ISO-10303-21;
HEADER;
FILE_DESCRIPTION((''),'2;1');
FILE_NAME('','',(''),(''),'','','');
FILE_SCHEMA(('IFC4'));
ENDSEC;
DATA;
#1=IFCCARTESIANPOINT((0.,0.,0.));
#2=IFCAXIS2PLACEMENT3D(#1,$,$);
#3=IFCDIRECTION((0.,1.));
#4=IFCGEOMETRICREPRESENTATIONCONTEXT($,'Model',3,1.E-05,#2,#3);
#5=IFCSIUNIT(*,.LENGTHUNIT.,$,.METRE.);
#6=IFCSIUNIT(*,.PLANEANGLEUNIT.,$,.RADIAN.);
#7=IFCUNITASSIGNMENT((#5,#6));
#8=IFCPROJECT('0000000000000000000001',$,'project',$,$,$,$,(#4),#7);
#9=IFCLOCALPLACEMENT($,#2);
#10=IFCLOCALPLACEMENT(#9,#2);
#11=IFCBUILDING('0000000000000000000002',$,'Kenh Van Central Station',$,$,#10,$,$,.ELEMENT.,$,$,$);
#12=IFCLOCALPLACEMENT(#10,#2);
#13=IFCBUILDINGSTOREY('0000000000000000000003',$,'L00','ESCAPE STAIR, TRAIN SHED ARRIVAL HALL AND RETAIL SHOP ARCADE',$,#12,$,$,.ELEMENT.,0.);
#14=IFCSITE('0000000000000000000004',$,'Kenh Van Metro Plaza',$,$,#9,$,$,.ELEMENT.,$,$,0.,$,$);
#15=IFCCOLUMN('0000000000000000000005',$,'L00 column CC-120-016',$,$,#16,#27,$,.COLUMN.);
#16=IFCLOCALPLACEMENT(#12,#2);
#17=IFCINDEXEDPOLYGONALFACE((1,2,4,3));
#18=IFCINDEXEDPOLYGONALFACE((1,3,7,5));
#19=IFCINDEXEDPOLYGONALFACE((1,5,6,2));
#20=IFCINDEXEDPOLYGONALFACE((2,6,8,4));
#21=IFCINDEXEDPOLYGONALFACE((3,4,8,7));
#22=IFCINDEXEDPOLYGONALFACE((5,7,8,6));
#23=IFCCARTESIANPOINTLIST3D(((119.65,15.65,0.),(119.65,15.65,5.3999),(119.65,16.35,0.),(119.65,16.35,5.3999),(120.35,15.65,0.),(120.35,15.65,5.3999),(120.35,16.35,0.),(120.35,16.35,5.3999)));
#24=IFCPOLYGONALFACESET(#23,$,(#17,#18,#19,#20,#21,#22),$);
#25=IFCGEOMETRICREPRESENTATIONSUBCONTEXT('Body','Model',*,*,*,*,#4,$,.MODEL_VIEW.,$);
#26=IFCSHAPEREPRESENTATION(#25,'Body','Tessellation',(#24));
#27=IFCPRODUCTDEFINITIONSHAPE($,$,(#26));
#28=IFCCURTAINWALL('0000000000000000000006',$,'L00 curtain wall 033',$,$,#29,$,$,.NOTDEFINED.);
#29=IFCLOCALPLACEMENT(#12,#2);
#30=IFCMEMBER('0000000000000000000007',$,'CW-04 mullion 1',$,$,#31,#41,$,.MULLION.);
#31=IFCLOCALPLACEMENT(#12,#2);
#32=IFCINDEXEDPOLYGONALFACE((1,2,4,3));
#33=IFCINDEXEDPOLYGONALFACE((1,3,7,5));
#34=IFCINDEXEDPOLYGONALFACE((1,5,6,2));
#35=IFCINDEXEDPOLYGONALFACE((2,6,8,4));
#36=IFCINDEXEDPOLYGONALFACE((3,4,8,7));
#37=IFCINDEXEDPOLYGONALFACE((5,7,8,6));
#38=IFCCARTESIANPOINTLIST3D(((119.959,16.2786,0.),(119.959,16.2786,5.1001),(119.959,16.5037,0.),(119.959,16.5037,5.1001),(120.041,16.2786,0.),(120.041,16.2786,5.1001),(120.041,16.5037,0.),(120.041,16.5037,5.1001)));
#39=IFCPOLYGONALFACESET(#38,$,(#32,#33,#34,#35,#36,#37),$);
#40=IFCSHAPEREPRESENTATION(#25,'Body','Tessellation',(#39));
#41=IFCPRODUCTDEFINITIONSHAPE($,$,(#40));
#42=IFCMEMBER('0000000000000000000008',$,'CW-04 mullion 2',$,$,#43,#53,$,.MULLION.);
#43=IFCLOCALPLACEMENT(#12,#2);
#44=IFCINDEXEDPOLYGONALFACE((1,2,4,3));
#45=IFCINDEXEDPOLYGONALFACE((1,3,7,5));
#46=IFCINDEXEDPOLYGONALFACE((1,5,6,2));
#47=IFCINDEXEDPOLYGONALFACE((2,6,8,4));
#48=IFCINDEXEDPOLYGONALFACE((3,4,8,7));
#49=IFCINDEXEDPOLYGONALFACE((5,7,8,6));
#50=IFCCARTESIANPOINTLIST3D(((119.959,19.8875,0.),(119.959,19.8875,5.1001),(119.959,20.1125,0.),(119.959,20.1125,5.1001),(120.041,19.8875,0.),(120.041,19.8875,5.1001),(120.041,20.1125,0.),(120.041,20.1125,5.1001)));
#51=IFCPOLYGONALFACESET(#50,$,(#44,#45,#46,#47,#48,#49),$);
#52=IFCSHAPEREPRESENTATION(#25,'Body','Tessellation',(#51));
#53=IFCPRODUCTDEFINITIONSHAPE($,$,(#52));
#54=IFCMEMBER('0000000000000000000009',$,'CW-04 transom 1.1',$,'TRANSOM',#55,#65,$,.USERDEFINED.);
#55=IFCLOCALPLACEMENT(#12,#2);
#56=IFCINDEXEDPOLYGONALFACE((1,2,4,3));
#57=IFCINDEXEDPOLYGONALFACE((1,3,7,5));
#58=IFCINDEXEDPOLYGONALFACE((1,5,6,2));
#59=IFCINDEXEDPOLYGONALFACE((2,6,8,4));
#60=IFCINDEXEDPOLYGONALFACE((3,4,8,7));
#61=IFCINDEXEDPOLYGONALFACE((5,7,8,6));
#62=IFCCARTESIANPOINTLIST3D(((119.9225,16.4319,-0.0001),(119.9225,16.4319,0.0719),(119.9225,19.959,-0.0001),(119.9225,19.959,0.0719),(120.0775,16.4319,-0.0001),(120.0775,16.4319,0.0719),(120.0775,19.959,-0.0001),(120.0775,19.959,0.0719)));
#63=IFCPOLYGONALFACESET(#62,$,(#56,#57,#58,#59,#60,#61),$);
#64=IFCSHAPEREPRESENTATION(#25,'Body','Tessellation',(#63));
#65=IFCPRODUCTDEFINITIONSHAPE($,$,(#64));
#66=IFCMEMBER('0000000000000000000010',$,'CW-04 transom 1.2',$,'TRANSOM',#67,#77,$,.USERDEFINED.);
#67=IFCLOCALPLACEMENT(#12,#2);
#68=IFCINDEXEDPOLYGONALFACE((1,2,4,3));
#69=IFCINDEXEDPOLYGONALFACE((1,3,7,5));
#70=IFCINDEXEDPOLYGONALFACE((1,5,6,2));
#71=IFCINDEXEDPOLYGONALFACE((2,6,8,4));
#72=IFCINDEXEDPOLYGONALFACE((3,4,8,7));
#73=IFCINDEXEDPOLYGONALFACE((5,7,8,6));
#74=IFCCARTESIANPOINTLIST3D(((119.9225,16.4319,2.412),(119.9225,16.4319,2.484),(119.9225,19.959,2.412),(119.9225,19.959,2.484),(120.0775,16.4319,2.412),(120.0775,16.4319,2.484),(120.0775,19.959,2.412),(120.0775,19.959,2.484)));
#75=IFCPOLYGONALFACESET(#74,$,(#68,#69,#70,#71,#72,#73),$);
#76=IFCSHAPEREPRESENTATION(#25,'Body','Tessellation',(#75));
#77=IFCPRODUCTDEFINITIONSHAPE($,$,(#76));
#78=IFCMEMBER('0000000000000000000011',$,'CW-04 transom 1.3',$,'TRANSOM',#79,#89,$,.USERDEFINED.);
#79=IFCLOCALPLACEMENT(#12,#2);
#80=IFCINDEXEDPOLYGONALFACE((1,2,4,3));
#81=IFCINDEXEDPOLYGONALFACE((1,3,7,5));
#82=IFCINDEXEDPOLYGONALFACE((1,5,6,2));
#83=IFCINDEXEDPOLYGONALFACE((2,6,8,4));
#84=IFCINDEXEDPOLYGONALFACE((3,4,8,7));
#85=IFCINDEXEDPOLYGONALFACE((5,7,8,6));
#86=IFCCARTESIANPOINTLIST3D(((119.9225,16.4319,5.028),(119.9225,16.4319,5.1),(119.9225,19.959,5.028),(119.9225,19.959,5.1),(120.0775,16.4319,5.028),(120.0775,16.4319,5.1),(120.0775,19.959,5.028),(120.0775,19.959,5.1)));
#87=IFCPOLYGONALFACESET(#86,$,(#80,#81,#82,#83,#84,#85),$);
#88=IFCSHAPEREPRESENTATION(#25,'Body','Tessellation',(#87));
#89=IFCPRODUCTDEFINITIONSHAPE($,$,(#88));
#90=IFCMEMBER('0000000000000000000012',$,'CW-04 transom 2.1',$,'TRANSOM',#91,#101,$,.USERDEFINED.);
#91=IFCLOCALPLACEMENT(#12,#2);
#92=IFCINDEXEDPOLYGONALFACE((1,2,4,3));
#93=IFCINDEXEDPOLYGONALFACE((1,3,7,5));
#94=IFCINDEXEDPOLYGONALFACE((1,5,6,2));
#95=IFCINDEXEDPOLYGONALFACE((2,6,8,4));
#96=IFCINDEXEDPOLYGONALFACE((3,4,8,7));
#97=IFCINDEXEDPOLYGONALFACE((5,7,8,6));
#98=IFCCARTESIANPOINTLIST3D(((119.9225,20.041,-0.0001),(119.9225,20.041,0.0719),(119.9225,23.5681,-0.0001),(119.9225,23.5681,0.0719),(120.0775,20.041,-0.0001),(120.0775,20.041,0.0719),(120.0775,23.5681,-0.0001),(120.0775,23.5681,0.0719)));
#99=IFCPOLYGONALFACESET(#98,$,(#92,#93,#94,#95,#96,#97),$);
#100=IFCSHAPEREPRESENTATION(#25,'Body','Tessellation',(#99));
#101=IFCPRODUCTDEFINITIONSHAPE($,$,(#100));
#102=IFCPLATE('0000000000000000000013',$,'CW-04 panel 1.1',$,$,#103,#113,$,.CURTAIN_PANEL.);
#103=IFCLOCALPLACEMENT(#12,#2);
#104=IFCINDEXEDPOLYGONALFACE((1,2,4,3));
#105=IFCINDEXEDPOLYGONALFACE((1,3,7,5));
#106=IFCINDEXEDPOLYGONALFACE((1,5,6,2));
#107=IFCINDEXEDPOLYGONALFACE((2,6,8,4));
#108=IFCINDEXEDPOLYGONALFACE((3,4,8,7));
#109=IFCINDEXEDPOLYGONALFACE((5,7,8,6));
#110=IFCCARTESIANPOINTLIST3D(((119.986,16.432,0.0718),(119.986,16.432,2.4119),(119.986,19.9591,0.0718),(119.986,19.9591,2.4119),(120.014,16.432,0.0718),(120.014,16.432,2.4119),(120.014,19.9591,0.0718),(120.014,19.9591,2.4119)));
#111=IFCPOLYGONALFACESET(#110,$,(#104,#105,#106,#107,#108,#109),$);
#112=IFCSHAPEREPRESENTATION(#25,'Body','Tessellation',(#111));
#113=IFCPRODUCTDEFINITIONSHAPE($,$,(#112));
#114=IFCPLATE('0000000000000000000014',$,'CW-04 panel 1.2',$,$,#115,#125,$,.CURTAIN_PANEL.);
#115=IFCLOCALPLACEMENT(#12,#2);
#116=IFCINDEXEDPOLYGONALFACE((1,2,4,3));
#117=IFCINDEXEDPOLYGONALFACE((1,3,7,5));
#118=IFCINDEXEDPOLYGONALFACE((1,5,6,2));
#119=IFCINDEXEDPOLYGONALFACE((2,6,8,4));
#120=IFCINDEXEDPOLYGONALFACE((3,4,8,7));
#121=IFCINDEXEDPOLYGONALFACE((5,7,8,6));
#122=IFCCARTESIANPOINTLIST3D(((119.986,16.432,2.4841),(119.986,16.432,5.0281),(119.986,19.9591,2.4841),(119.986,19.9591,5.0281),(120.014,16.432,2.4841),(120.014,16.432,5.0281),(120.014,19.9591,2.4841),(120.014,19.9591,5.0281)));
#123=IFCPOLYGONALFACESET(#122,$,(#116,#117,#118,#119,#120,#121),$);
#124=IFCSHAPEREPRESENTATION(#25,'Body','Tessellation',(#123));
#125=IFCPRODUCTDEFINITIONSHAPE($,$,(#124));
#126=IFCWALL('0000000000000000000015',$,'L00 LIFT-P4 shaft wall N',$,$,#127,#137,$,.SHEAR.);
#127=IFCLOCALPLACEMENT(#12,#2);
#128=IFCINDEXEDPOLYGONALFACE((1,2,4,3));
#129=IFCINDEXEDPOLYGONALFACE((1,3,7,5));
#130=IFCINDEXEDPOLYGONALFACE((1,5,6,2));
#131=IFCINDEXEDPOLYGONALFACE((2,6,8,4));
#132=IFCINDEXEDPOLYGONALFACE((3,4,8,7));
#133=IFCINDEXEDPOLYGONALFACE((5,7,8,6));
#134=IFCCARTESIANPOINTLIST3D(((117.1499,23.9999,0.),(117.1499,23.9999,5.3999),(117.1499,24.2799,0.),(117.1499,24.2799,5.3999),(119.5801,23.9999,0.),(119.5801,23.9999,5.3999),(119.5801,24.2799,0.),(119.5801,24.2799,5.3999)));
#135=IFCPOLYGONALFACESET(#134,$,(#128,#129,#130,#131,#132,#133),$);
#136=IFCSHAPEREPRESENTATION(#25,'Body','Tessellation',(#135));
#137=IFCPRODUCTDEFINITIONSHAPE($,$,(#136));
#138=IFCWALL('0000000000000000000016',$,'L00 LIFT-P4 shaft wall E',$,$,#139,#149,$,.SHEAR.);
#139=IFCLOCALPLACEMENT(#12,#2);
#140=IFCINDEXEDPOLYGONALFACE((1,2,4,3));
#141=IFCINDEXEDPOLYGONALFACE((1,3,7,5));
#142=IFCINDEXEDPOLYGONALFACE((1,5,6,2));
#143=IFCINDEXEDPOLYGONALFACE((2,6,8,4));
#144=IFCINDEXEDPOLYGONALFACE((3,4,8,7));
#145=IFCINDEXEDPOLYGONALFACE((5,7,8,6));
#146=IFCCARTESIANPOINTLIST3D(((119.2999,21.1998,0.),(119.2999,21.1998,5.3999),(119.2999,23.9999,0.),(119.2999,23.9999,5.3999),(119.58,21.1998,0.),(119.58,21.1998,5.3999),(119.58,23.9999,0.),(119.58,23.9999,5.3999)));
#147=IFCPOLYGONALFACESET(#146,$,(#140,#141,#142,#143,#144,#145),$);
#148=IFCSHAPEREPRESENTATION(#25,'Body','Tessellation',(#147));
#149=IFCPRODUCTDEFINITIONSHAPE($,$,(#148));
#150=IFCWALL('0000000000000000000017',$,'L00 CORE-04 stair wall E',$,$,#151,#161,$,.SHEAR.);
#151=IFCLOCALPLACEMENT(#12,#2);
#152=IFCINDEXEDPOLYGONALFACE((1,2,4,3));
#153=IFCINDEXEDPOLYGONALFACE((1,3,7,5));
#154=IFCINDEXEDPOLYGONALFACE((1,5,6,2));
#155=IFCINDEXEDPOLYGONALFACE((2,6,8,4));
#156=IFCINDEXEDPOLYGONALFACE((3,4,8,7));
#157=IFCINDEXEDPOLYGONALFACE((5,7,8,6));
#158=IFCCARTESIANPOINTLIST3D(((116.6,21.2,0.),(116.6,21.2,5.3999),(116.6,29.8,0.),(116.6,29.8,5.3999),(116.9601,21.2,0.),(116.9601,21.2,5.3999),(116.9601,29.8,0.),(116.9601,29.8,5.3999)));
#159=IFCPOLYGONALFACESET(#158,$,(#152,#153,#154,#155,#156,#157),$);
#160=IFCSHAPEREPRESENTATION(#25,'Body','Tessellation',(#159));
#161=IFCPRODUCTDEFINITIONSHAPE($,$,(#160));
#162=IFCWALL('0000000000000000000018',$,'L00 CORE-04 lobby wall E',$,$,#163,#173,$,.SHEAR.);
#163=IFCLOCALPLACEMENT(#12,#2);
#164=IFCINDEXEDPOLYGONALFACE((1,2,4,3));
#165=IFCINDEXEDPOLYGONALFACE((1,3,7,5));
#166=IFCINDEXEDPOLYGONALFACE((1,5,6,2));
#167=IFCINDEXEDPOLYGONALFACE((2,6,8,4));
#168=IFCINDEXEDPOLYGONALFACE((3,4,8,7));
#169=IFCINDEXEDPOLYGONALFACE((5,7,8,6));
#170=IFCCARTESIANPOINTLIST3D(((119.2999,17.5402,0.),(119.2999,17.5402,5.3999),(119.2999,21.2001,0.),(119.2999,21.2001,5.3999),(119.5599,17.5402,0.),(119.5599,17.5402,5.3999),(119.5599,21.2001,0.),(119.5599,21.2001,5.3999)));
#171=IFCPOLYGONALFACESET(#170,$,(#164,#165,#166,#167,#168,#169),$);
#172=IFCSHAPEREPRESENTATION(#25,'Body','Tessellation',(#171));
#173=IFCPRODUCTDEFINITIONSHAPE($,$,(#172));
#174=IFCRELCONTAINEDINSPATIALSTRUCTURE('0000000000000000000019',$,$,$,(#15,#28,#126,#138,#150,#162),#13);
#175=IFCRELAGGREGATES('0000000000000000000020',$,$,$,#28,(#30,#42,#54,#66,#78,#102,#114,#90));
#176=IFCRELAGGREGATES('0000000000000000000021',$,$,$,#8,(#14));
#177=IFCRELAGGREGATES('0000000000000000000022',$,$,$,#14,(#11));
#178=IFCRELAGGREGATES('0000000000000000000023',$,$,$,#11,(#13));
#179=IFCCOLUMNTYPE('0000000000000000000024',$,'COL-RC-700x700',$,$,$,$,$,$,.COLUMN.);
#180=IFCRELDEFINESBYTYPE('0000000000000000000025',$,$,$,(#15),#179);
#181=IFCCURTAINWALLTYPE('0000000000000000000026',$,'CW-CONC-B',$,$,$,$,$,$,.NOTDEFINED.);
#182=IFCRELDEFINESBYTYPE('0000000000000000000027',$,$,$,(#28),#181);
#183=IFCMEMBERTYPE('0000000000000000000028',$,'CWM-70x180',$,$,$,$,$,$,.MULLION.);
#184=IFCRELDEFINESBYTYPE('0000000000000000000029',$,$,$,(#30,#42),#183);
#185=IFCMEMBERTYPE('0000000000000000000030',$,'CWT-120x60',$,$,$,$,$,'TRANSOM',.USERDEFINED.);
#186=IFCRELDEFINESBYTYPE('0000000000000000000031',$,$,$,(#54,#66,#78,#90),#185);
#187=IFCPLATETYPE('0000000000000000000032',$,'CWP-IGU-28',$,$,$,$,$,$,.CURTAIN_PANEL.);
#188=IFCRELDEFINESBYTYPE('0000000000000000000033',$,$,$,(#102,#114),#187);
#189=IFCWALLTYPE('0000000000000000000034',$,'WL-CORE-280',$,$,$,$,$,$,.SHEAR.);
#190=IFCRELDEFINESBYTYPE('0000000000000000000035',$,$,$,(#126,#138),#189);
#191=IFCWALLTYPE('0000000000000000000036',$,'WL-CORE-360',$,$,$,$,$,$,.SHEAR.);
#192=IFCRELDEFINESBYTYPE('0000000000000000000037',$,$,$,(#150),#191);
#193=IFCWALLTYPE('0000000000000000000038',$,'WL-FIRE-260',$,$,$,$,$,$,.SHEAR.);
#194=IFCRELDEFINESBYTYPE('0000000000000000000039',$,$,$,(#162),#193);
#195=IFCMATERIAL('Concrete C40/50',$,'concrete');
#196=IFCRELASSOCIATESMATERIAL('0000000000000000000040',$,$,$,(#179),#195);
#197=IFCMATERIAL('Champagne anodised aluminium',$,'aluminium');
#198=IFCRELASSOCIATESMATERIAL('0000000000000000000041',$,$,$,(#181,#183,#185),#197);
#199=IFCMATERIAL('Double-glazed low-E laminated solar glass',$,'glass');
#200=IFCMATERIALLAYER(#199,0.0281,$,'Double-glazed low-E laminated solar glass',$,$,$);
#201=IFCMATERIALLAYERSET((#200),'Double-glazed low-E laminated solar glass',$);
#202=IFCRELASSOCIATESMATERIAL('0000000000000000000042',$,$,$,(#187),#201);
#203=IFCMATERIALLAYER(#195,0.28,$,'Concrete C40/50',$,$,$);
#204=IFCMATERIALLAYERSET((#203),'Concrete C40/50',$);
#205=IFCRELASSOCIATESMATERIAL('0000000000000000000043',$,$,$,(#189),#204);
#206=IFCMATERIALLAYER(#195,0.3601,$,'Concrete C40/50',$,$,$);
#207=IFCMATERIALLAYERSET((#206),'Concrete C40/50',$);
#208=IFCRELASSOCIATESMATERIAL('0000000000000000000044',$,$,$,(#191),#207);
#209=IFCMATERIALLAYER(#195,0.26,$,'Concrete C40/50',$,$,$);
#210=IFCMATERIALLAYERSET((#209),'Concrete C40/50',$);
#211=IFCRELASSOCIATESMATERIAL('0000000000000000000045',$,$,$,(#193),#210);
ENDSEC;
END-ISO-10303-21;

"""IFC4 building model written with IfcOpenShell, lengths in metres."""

from ifc_helpers import new_model, si_unit, direction, frame, frame_2d, origin, origin_2d, place, context, subcontext, project, spatial, rectangle, extrude, material, layer, layer_set, material_profile, profile_set, type_object, element, aggregate, save


model = new_model("IFC4")

# Units and contexts
model_context = context("Model", 3, precision=1e-05, world=origin(), true_north=direction((0.0, 1.0)))
body_context = subcontext(model_context, "Body", "Model", "MODEL_VIEW")
ifc_project = project(units=[si_unit("LENGTHUNIT", "METRE"), si_unit("PLANEANGLEUNIT", "RADIAN")], contexts=[model_context])

# Site, building, storey
site_placement = place(None, origin())
site = spatial("IfcSite", under=ifc_project, at=site_placement, Name="Kenh Van Metro Plaza", CompositionType="ELEMENT", RefElevation=0.0)
building_placement = place(site_placement, origin())
building = spatial("IfcBuilding", under=site, at=building_placement, Name="Kenh Van Central Station", CompositionType="ELEMENT")
storey_placement = place(building_placement, origin())
storey = spatial("IfcBuildingStorey", under=building, at=storey_placement, Name="L00", Description="ESCAPE STAIR, TRAIN SHED ARRIVAL HALL AND RETAIL SHOP ARCADE", CompositionType="ELEMENT", Elevation=0.0)

# Column
ifc_material_1 = material(Name="Concrete C40/50", Category="concrete")
ifc_material_profile_1 = material_profile(ifc_material_1, rectangle(XDim=0.7, YDim=0.7, at=origin_2d()), Name="RC 700x700")
ifc_profile_set_1 = profile_set([ifc_material_profile_1], Name="Concrete C40/50")
column_type = type_object("IfcColumnType", Name="COL-RC-700x700", PredefinedType="COLUMN", material=ifc_profile_set_1)
column_placement = place(storey_placement, frame((120.0, 16.0, 0.0), z_axis=(0.0, 0.0, 1.0), x_axis=(1.0, 0.0, 0.0)))
element("IfcColumn", 1, at=column_placement, inside=storey, type_object=column_type, Name="L00 column CC-120-016", PredefinedType="COLUMN", context=body_context, shape_type="SweptSolid", body=[
    extrude(rectangle(XDim=0.7, YDim=0.7, at=origin_2d()), origin(), (0.0, 0.0, 1.0), 5.3999),
])

# Curtain wall, members, plates
ifc_material_2 = material(Name="Champagne anodised aluminium", Category="aluminium")
curtain_wall_type = type_object("IfcCurtainWallType", Name="CW-CONC-B", PredefinedType="NOTDEFINED", material=ifc_material_2)
curtain_wall_placement = place(storey_placement, origin())
curtain_wall = element("IfcCurtainWall", 2, at=curtain_wall_placement, inside=storey, type_object=curtain_wall_type, Name="L00 curtain wall 033", PredefinedType="NOTDEFINED")
ifc_material_profile_2 = material_profile(ifc_material_2, rectangle(XDim=0.082, YDim=0.2251, at=origin_2d()), Name="AL 82x225")
ifc_profile_set_2 = profile_set([ifc_material_profile_2], Name="Champagne anodised aluminium")
member_type_1 = type_object("IfcMemberType", Name="CWM-70x180", PredefinedType="MULLION", material=ifc_profile_set_2)
member_1_placement = place(storey_placement, frame((120.0, 16.3911, 0.0), z_axis=(0.0, 0.0, 1.0), x_axis=(-1.0, 0.0, 0.0)))
member_1 = element("IfcMember", 3, at=member_1_placement, type_object=member_type_1, Name="CW-04 mullion 1", PredefinedType="MULLION", context=body_context, shape_type="SweptSolid", body=[
    extrude(rectangle(XDim=0.082, YDim=0.2251, at=origin_2d()), origin(), (0.0, 0.0, 1.0), 5.1001),
])
member_2_placement = place(storey_placement, frame((120.0, 20.0, 0.0), z_axis=(0.0, 0.0, 1.0), x_axis=(-1.0, 0.0, 0.0)))
member_2 = element("IfcMember", 4, at=member_2_placement, type_object=member_type_1, Name="CW-04 mullion 2", PredefinedType="MULLION", context=body_context, shape_type="SweptSolid", body=[
    extrude(rectangle(XDim=0.082, YDim=0.2251, at=origin_2d()), origin(), (0.0, 0.0, 1.0), 5.1001),
])
ifc_material_profile_3 = material_profile(ifc_material_2, rectangle(XDim=0.155, YDim=0.072, at=origin_2d()), Name="AL 155x72")
ifc_profile_set_3 = profile_set([ifc_material_profile_3], Name="Champagne anodised aluminium")
member_type_2 = type_object("IfcMemberType", Name="CWT-120x60", ElementType="TRANSOM", PredefinedType="USERDEFINED", material=ifc_profile_set_3)
member_3_placement = place(storey_placement, frame((120.0, 16.4319, 0.0359), z_axis=(0.0, 1.0, 0.0), x_axis=(-1.0, 0.0, 0.0)))
member_3 = element("IfcMember", 5, at=member_3_placement, type_object=member_type_2, Name="CW-04 transom 1.1", ObjectType="TRANSOM", PredefinedType="USERDEFINED", context=body_context, shape_type="SweptSolid", body=[
    extrude(rectangle(XDim=0.155, YDim=0.072, at=origin_2d()), origin(), (0.0, 0.0, 1.0), 3.5271),
])
member_4_placement = place(storey_placement, frame((120.0, 16.4319, 2.448), z_axis=(0.0, 1.0, 0.0), x_axis=(-1.0, 0.0, 0.0)))
member_4 = element("IfcMember", 6, at=member_4_placement, type_object=member_type_2, Name="CW-04 transom 1.2", ObjectType="TRANSOM", PredefinedType="USERDEFINED", context=body_context, shape_type="SweptSolid", body=[
    extrude(rectangle(XDim=0.155, YDim=0.072, at=origin_2d()), origin(), (0.0, 0.0, 1.0), 3.5271),
])
member_5_placement = place(storey_placement, frame((120.0, 16.4319, 5.064), z_axis=(0.0, 1.0, 0.0), x_axis=(-1.0, 0.0, 0.0)))
member_5 = element("IfcMember", 7, at=member_5_placement, type_object=member_type_2, Name="CW-04 transom 1.3", ObjectType="TRANSOM", PredefinedType="USERDEFINED", context=body_context, shape_type="SweptSolid", body=[
    extrude(rectangle(XDim=0.155, YDim=0.072, at=origin_2d()), origin(), (0.0, 0.0, 1.0), 3.5271),
])
member_6_placement = place(storey_placement, frame((120.0, 20.041, 0.0359), z_axis=(0.0, 1.0, 0.0), x_axis=(-1.0, 0.0, 0.0)))
member_6 = element("IfcMember", 8, at=member_6_placement, type_object=member_type_2, Name="CW-04 transom 2.1", ObjectType="TRANSOM", PredefinedType="USERDEFINED", context=body_context, shape_type="SweptSolid", body=[
    extrude(rectangle(XDim=0.155, YDim=0.072, at=origin_2d()), origin(), (0.0, 0.0, 1.0), 3.5271),
])
ifc_material_3 = material(Name="Double-glazed low-E laminated solar glass", Category="glass")
ifc_layer_1 = layer(ifc_material_3, 0.0281, Name="Double-glazed low-E laminated solar glass")
ifc_layer_set_1 = layer_set([ifc_layer_1], Name="Double-glazed low-E laminated solar glass")
plate_type = type_object("IfcPlateType", Name="CWP-IGU-28", PredefinedType="CURTAIN_PANEL", material=ifc_layer_set_1)
plate_1_placement = place(storey_placement, frame((120.0, 18.1956, 0.0718), z_axis=(0.0, 0.0, 1.0), x_axis=(0.0, 1.0, 0.0)))
plate_1 = element("IfcPlate", 9, at=plate_1_placement, type_object=plate_type, Name="CW-04 panel 1.1", PredefinedType="CURTAIN_PANEL", context=body_context, shape_type="SweptSolid", body=[
    extrude(rectangle(XDim=3.5271, YDim=0.0281, at=origin_2d()), origin(), (0.0, 0.0, 1.0), 2.3401),
])
plate_2_placement = place(storey_placement, frame((120.0, 18.1956, 2.4841), z_axis=(0.0, 0.0, 1.0), x_axis=(0.0, 1.0, 0.0)))
plate_2 = element("IfcPlate", 10, at=plate_2_placement, type_object=plate_type, Name="CW-04 panel 1.2", PredefinedType="CURTAIN_PANEL", context=body_context, shape_type="SweptSolid", body=[
    extrude(rectangle(XDim=3.5271, YDim=0.0281, at=origin_2d()), origin(), (0.0, 0.0, 1.0), 2.5439),
])
aggregate(curtain_wall, [member_1, member_2, member_3, member_4, member_5, plate_1, plate_2, member_6])

# Shared definitions
ifc_layer_2 = layer(ifc_material_1, 0.28, Name="Concrete C40/50")
ifc_layer_set_2 = layer_set([ifc_layer_2], Name="Concrete C40/50")
wall_type_1 = type_object("IfcWallType", Name="WL-CORE-280", PredefinedType="SHEAR", material=ifc_layer_set_2)

# Walls
wall_1_placement = place(storey_placement, frame((117.1499, 24.1399, 0.0), z_axis=(0.0, 0.0, 1.0), x_axis=(1.0, 0.0, 0.0)))
element("IfcWall", 11, at=wall_1_placement, inside=storey, type_object=wall_type_1, Name="L00 LIFT-P4 shaft wall N", PredefinedType="SHEAR", context=body_context, shape_type="SweptSolid", body=[
    extrude(rectangle(XDim=2.4302, YDim=0.28, at=frame_2d((1.2151, 0.0))), origin(), (0.0, 0.0, 1.0), 5.3999),
])
wall_2_placement = place(storey_placement, frame((119.4399, 21.2, 0.0), z_axis=(0.0, 0.0, 1.0), x_axis=(0.0, 1.0, 0.0)))
element("IfcWall", 12, at=wall_2_placement, inside=storey, type_object=wall_type_1, Name="L00 LIFT-P4 shaft wall E", PredefinedType="SHEAR", context=body_context, shape_type="SweptSolid", body=[
    extrude(rectangle(XDim=2.8, YDim=0.28, at=frame_2d((1.3999, 0.0))), origin(), (0.0, 0.0, 1.0), 5.3999),
])
ifc_layer_3 = layer(ifc_material_1, 0.3601, Name="Concrete C40/50")
ifc_layer_set_3 = layer_set([ifc_layer_3], Name="Concrete C40/50")
wall_type_2 = type_object("IfcWallType", Name="WL-CORE-360", PredefinedType="SHEAR", material=ifc_layer_set_3)
wall_3_placement = place(storey_placement, frame((116.78, 21.2, 0.0), z_axis=(0.0, 0.0, 1.0), x_axis=(0.0, 1.0, 0.0)))
element("IfcWall", 13, at=wall_3_placement, inside=storey, type_object=wall_type_2, Name="L00 CORE-04 stair wall E", PredefinedType="SHEAR", context=body_context, shape_type="SweptSolid", body=[
    extrude(rectangle(XDim=8.6001, YDim=0.3601, at=frame_2d((4.3, 0.0))), origin(), (0.0, 0.0, 1.0), 5.3999),
])
ifc_layer_4 = layer(ifc_material_1, 0.26, Name="Concrete C40/50")
ifc_layer_set_4 = layer_set([ifc_layer_4], Name="Concrete C40/50")
wall_type_3 = type_object("IfcWallType", Name="WL-FIRE-260", PredefinedType="SHEAR", material=ifc_layer_set_4)
wall_4_placement = place(storey_placement, frame((119.4299, 17.54, 0.0), z_axis=(0.0, 0.0, 1.0), x_axis=(0.0, 1.0, 0.0)))
element("IfcWall", 14, at=wall_4_placement, inside=storey, type_object=wall_type_3, Name="L00 CORE-04 lobby wall E", PredefinedType="SHEAR", context=body_context, shape_type="SweptSolid", body=[
    extrude(rectangle(XDim=3.6599, YDim=0.26, at=frame_2d((1.8301, 0.0))), origin(), (0.0, 0.0, 1.0), 5.3999),
])

save(model, "model.ifc")
